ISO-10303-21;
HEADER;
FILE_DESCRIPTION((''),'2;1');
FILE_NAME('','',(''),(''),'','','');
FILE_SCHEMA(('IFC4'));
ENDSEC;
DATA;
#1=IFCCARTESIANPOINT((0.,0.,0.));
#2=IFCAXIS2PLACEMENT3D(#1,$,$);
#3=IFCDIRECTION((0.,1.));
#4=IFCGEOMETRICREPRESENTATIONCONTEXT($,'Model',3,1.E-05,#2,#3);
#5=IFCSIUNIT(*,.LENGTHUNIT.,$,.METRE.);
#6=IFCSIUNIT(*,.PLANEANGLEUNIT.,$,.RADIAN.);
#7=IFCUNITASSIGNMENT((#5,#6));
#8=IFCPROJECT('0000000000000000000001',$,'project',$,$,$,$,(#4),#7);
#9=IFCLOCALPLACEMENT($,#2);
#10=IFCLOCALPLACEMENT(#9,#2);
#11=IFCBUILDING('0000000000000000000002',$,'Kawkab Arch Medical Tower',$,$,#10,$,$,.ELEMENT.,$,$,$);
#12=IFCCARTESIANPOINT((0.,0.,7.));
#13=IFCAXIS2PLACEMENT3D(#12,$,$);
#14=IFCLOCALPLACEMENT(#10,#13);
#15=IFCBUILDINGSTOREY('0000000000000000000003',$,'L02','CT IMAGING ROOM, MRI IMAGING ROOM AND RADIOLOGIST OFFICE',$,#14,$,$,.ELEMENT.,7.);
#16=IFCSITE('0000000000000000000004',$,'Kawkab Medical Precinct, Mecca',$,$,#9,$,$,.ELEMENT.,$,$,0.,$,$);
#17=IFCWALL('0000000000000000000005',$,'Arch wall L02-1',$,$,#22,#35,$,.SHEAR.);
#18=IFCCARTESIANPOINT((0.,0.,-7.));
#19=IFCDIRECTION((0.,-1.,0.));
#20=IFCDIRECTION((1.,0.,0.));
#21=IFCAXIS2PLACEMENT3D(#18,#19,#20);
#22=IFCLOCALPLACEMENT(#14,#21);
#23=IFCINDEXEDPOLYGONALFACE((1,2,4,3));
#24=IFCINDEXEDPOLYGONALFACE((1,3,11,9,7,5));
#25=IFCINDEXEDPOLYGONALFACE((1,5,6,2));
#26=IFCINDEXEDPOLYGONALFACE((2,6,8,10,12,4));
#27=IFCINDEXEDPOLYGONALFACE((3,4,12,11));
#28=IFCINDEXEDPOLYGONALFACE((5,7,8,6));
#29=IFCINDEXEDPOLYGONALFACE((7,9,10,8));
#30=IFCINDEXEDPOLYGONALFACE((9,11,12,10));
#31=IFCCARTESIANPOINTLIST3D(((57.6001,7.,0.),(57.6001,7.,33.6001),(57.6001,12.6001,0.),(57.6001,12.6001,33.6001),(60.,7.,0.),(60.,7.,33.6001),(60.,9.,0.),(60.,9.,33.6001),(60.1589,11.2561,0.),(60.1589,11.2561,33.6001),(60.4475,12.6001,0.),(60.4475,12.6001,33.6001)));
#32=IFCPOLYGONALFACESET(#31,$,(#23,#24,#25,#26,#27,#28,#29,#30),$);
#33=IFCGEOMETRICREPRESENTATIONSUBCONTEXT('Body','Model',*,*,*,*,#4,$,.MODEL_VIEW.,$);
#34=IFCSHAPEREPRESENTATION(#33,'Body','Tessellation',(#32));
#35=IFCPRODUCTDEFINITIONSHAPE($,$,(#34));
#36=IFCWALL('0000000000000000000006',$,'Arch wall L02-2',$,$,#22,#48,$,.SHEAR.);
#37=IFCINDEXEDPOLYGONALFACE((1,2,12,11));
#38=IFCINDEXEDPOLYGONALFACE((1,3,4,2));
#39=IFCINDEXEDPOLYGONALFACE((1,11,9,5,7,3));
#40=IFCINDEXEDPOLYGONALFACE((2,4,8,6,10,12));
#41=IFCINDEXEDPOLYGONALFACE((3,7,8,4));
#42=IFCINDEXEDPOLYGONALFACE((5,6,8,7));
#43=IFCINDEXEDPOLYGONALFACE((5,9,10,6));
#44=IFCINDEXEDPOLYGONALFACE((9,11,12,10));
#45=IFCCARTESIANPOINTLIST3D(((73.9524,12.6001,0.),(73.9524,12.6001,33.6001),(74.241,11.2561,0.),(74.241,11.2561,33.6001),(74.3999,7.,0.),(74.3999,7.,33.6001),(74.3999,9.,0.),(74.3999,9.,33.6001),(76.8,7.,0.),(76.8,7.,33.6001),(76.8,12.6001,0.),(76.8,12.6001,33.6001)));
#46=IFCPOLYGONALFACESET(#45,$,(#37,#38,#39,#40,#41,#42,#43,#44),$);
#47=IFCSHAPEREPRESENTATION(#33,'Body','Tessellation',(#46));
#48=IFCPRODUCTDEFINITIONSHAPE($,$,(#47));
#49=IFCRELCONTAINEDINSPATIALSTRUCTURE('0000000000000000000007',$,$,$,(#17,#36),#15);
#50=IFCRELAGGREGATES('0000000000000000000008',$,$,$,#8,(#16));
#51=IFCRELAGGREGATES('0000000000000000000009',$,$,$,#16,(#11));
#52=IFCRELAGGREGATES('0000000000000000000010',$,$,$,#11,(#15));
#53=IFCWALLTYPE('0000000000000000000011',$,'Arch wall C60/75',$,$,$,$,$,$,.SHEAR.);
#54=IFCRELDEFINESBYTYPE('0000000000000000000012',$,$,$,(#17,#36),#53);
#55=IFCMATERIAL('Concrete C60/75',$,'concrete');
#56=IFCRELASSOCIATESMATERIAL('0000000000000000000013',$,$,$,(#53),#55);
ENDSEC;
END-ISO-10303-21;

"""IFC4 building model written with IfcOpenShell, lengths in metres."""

from ifc_helpers import new_model, si_unit, direction, frame, origin, place, context, subcontext, project, spatial, polyline, outline, extrude, material, type_object, element, save


model = new_model("IFC4")

# Units and contexts
model_context = context("Model", 3, precision=1e-05, world=origin(), true_north=direction((0.0, 1.0)))
body_context = subcontext(model_context, "Body", "Model", "MODEL_VIEW")
ifc_project = project(units=[si_unit("LENGTHUNIT", "METRE"), si_unit("PLANEANGLEUNIT", "RADIAN")], contexts=[model_context])

# Site, building, storey
site_placement = place(None, origin())
site = spatial("IfcSite", under=ifc_project, at=site_placement, Name="Kawkab Medical Precinct, Mecca", CompositionType="ELEMENT", RefElevation=0.0)
building_placement = place(site_placement, origin())
building = spatial("IfcBuilding", under=site, at=building_placement, Name="Kawkab Arch Medical Tower", CompositionType="ELEMENT")
storey_placement = place(building_placement, frame((0.0, 0.0, 7.0)))
storey = spatial("IfcBuildingStorey", under=building, at=storey_placement, Name="L02", Description="CT IMAGING ROOM, MRI IMAGING ROOM AND RADIOLOGIST OFFICE", CompositionType="ELEMENT", Elevation=7.0)

# Walls
ifc_material_1 = material(Name="Concrete C60/75", Category="concrete")
wall_type = type_object("IfcWallType", Name="Arch wall C60/75", PredefinedType="SHEAR", material=ifc_material_1)
placement = place(storey_placement, frame((0.0, 0.0, -7.0), z_axis=(0.0, -1.0, 0.0), x_axis=(1.0, 0.0, 0.0)))
element("IfcWall", 1, at=placement, inside=storey, type_object=wall_type, Name="Arch wall L02-1", PredefinedType="SHEAR", context=body_context, shape_type="SweptSolid", body=[
    extrude(outline(polyline([(60.4475, 12.6001), (60.1589, 11.2561), (60.0, 9.0), (60.0, 7.0), (57.6001, 7.0), (57.6001, 12.6001), (60.4475, 12.6001)])), origin(), (0.0, 0.0, 1.0), 33.6001),
])
element("IfcWall", 2, at=placement, inside=storey, type_object=wall_type, Name="Arch wall L02-2", PredefinedType="SHEAR", context=body_context, shape_type="SweptSolid", body=[
    extrude(outline(polyline([(74.3999, 7.0), (74.3999, 9.0), (74.241, 11.2561), (73.9524, 12.6001), (76.8, 12.6001), (76.8, 7.0), (74.3999, 7.0)])), origin(), (0.0, 0.0, 1.0), 33.6001),
])

save(model, "model.ifc")
